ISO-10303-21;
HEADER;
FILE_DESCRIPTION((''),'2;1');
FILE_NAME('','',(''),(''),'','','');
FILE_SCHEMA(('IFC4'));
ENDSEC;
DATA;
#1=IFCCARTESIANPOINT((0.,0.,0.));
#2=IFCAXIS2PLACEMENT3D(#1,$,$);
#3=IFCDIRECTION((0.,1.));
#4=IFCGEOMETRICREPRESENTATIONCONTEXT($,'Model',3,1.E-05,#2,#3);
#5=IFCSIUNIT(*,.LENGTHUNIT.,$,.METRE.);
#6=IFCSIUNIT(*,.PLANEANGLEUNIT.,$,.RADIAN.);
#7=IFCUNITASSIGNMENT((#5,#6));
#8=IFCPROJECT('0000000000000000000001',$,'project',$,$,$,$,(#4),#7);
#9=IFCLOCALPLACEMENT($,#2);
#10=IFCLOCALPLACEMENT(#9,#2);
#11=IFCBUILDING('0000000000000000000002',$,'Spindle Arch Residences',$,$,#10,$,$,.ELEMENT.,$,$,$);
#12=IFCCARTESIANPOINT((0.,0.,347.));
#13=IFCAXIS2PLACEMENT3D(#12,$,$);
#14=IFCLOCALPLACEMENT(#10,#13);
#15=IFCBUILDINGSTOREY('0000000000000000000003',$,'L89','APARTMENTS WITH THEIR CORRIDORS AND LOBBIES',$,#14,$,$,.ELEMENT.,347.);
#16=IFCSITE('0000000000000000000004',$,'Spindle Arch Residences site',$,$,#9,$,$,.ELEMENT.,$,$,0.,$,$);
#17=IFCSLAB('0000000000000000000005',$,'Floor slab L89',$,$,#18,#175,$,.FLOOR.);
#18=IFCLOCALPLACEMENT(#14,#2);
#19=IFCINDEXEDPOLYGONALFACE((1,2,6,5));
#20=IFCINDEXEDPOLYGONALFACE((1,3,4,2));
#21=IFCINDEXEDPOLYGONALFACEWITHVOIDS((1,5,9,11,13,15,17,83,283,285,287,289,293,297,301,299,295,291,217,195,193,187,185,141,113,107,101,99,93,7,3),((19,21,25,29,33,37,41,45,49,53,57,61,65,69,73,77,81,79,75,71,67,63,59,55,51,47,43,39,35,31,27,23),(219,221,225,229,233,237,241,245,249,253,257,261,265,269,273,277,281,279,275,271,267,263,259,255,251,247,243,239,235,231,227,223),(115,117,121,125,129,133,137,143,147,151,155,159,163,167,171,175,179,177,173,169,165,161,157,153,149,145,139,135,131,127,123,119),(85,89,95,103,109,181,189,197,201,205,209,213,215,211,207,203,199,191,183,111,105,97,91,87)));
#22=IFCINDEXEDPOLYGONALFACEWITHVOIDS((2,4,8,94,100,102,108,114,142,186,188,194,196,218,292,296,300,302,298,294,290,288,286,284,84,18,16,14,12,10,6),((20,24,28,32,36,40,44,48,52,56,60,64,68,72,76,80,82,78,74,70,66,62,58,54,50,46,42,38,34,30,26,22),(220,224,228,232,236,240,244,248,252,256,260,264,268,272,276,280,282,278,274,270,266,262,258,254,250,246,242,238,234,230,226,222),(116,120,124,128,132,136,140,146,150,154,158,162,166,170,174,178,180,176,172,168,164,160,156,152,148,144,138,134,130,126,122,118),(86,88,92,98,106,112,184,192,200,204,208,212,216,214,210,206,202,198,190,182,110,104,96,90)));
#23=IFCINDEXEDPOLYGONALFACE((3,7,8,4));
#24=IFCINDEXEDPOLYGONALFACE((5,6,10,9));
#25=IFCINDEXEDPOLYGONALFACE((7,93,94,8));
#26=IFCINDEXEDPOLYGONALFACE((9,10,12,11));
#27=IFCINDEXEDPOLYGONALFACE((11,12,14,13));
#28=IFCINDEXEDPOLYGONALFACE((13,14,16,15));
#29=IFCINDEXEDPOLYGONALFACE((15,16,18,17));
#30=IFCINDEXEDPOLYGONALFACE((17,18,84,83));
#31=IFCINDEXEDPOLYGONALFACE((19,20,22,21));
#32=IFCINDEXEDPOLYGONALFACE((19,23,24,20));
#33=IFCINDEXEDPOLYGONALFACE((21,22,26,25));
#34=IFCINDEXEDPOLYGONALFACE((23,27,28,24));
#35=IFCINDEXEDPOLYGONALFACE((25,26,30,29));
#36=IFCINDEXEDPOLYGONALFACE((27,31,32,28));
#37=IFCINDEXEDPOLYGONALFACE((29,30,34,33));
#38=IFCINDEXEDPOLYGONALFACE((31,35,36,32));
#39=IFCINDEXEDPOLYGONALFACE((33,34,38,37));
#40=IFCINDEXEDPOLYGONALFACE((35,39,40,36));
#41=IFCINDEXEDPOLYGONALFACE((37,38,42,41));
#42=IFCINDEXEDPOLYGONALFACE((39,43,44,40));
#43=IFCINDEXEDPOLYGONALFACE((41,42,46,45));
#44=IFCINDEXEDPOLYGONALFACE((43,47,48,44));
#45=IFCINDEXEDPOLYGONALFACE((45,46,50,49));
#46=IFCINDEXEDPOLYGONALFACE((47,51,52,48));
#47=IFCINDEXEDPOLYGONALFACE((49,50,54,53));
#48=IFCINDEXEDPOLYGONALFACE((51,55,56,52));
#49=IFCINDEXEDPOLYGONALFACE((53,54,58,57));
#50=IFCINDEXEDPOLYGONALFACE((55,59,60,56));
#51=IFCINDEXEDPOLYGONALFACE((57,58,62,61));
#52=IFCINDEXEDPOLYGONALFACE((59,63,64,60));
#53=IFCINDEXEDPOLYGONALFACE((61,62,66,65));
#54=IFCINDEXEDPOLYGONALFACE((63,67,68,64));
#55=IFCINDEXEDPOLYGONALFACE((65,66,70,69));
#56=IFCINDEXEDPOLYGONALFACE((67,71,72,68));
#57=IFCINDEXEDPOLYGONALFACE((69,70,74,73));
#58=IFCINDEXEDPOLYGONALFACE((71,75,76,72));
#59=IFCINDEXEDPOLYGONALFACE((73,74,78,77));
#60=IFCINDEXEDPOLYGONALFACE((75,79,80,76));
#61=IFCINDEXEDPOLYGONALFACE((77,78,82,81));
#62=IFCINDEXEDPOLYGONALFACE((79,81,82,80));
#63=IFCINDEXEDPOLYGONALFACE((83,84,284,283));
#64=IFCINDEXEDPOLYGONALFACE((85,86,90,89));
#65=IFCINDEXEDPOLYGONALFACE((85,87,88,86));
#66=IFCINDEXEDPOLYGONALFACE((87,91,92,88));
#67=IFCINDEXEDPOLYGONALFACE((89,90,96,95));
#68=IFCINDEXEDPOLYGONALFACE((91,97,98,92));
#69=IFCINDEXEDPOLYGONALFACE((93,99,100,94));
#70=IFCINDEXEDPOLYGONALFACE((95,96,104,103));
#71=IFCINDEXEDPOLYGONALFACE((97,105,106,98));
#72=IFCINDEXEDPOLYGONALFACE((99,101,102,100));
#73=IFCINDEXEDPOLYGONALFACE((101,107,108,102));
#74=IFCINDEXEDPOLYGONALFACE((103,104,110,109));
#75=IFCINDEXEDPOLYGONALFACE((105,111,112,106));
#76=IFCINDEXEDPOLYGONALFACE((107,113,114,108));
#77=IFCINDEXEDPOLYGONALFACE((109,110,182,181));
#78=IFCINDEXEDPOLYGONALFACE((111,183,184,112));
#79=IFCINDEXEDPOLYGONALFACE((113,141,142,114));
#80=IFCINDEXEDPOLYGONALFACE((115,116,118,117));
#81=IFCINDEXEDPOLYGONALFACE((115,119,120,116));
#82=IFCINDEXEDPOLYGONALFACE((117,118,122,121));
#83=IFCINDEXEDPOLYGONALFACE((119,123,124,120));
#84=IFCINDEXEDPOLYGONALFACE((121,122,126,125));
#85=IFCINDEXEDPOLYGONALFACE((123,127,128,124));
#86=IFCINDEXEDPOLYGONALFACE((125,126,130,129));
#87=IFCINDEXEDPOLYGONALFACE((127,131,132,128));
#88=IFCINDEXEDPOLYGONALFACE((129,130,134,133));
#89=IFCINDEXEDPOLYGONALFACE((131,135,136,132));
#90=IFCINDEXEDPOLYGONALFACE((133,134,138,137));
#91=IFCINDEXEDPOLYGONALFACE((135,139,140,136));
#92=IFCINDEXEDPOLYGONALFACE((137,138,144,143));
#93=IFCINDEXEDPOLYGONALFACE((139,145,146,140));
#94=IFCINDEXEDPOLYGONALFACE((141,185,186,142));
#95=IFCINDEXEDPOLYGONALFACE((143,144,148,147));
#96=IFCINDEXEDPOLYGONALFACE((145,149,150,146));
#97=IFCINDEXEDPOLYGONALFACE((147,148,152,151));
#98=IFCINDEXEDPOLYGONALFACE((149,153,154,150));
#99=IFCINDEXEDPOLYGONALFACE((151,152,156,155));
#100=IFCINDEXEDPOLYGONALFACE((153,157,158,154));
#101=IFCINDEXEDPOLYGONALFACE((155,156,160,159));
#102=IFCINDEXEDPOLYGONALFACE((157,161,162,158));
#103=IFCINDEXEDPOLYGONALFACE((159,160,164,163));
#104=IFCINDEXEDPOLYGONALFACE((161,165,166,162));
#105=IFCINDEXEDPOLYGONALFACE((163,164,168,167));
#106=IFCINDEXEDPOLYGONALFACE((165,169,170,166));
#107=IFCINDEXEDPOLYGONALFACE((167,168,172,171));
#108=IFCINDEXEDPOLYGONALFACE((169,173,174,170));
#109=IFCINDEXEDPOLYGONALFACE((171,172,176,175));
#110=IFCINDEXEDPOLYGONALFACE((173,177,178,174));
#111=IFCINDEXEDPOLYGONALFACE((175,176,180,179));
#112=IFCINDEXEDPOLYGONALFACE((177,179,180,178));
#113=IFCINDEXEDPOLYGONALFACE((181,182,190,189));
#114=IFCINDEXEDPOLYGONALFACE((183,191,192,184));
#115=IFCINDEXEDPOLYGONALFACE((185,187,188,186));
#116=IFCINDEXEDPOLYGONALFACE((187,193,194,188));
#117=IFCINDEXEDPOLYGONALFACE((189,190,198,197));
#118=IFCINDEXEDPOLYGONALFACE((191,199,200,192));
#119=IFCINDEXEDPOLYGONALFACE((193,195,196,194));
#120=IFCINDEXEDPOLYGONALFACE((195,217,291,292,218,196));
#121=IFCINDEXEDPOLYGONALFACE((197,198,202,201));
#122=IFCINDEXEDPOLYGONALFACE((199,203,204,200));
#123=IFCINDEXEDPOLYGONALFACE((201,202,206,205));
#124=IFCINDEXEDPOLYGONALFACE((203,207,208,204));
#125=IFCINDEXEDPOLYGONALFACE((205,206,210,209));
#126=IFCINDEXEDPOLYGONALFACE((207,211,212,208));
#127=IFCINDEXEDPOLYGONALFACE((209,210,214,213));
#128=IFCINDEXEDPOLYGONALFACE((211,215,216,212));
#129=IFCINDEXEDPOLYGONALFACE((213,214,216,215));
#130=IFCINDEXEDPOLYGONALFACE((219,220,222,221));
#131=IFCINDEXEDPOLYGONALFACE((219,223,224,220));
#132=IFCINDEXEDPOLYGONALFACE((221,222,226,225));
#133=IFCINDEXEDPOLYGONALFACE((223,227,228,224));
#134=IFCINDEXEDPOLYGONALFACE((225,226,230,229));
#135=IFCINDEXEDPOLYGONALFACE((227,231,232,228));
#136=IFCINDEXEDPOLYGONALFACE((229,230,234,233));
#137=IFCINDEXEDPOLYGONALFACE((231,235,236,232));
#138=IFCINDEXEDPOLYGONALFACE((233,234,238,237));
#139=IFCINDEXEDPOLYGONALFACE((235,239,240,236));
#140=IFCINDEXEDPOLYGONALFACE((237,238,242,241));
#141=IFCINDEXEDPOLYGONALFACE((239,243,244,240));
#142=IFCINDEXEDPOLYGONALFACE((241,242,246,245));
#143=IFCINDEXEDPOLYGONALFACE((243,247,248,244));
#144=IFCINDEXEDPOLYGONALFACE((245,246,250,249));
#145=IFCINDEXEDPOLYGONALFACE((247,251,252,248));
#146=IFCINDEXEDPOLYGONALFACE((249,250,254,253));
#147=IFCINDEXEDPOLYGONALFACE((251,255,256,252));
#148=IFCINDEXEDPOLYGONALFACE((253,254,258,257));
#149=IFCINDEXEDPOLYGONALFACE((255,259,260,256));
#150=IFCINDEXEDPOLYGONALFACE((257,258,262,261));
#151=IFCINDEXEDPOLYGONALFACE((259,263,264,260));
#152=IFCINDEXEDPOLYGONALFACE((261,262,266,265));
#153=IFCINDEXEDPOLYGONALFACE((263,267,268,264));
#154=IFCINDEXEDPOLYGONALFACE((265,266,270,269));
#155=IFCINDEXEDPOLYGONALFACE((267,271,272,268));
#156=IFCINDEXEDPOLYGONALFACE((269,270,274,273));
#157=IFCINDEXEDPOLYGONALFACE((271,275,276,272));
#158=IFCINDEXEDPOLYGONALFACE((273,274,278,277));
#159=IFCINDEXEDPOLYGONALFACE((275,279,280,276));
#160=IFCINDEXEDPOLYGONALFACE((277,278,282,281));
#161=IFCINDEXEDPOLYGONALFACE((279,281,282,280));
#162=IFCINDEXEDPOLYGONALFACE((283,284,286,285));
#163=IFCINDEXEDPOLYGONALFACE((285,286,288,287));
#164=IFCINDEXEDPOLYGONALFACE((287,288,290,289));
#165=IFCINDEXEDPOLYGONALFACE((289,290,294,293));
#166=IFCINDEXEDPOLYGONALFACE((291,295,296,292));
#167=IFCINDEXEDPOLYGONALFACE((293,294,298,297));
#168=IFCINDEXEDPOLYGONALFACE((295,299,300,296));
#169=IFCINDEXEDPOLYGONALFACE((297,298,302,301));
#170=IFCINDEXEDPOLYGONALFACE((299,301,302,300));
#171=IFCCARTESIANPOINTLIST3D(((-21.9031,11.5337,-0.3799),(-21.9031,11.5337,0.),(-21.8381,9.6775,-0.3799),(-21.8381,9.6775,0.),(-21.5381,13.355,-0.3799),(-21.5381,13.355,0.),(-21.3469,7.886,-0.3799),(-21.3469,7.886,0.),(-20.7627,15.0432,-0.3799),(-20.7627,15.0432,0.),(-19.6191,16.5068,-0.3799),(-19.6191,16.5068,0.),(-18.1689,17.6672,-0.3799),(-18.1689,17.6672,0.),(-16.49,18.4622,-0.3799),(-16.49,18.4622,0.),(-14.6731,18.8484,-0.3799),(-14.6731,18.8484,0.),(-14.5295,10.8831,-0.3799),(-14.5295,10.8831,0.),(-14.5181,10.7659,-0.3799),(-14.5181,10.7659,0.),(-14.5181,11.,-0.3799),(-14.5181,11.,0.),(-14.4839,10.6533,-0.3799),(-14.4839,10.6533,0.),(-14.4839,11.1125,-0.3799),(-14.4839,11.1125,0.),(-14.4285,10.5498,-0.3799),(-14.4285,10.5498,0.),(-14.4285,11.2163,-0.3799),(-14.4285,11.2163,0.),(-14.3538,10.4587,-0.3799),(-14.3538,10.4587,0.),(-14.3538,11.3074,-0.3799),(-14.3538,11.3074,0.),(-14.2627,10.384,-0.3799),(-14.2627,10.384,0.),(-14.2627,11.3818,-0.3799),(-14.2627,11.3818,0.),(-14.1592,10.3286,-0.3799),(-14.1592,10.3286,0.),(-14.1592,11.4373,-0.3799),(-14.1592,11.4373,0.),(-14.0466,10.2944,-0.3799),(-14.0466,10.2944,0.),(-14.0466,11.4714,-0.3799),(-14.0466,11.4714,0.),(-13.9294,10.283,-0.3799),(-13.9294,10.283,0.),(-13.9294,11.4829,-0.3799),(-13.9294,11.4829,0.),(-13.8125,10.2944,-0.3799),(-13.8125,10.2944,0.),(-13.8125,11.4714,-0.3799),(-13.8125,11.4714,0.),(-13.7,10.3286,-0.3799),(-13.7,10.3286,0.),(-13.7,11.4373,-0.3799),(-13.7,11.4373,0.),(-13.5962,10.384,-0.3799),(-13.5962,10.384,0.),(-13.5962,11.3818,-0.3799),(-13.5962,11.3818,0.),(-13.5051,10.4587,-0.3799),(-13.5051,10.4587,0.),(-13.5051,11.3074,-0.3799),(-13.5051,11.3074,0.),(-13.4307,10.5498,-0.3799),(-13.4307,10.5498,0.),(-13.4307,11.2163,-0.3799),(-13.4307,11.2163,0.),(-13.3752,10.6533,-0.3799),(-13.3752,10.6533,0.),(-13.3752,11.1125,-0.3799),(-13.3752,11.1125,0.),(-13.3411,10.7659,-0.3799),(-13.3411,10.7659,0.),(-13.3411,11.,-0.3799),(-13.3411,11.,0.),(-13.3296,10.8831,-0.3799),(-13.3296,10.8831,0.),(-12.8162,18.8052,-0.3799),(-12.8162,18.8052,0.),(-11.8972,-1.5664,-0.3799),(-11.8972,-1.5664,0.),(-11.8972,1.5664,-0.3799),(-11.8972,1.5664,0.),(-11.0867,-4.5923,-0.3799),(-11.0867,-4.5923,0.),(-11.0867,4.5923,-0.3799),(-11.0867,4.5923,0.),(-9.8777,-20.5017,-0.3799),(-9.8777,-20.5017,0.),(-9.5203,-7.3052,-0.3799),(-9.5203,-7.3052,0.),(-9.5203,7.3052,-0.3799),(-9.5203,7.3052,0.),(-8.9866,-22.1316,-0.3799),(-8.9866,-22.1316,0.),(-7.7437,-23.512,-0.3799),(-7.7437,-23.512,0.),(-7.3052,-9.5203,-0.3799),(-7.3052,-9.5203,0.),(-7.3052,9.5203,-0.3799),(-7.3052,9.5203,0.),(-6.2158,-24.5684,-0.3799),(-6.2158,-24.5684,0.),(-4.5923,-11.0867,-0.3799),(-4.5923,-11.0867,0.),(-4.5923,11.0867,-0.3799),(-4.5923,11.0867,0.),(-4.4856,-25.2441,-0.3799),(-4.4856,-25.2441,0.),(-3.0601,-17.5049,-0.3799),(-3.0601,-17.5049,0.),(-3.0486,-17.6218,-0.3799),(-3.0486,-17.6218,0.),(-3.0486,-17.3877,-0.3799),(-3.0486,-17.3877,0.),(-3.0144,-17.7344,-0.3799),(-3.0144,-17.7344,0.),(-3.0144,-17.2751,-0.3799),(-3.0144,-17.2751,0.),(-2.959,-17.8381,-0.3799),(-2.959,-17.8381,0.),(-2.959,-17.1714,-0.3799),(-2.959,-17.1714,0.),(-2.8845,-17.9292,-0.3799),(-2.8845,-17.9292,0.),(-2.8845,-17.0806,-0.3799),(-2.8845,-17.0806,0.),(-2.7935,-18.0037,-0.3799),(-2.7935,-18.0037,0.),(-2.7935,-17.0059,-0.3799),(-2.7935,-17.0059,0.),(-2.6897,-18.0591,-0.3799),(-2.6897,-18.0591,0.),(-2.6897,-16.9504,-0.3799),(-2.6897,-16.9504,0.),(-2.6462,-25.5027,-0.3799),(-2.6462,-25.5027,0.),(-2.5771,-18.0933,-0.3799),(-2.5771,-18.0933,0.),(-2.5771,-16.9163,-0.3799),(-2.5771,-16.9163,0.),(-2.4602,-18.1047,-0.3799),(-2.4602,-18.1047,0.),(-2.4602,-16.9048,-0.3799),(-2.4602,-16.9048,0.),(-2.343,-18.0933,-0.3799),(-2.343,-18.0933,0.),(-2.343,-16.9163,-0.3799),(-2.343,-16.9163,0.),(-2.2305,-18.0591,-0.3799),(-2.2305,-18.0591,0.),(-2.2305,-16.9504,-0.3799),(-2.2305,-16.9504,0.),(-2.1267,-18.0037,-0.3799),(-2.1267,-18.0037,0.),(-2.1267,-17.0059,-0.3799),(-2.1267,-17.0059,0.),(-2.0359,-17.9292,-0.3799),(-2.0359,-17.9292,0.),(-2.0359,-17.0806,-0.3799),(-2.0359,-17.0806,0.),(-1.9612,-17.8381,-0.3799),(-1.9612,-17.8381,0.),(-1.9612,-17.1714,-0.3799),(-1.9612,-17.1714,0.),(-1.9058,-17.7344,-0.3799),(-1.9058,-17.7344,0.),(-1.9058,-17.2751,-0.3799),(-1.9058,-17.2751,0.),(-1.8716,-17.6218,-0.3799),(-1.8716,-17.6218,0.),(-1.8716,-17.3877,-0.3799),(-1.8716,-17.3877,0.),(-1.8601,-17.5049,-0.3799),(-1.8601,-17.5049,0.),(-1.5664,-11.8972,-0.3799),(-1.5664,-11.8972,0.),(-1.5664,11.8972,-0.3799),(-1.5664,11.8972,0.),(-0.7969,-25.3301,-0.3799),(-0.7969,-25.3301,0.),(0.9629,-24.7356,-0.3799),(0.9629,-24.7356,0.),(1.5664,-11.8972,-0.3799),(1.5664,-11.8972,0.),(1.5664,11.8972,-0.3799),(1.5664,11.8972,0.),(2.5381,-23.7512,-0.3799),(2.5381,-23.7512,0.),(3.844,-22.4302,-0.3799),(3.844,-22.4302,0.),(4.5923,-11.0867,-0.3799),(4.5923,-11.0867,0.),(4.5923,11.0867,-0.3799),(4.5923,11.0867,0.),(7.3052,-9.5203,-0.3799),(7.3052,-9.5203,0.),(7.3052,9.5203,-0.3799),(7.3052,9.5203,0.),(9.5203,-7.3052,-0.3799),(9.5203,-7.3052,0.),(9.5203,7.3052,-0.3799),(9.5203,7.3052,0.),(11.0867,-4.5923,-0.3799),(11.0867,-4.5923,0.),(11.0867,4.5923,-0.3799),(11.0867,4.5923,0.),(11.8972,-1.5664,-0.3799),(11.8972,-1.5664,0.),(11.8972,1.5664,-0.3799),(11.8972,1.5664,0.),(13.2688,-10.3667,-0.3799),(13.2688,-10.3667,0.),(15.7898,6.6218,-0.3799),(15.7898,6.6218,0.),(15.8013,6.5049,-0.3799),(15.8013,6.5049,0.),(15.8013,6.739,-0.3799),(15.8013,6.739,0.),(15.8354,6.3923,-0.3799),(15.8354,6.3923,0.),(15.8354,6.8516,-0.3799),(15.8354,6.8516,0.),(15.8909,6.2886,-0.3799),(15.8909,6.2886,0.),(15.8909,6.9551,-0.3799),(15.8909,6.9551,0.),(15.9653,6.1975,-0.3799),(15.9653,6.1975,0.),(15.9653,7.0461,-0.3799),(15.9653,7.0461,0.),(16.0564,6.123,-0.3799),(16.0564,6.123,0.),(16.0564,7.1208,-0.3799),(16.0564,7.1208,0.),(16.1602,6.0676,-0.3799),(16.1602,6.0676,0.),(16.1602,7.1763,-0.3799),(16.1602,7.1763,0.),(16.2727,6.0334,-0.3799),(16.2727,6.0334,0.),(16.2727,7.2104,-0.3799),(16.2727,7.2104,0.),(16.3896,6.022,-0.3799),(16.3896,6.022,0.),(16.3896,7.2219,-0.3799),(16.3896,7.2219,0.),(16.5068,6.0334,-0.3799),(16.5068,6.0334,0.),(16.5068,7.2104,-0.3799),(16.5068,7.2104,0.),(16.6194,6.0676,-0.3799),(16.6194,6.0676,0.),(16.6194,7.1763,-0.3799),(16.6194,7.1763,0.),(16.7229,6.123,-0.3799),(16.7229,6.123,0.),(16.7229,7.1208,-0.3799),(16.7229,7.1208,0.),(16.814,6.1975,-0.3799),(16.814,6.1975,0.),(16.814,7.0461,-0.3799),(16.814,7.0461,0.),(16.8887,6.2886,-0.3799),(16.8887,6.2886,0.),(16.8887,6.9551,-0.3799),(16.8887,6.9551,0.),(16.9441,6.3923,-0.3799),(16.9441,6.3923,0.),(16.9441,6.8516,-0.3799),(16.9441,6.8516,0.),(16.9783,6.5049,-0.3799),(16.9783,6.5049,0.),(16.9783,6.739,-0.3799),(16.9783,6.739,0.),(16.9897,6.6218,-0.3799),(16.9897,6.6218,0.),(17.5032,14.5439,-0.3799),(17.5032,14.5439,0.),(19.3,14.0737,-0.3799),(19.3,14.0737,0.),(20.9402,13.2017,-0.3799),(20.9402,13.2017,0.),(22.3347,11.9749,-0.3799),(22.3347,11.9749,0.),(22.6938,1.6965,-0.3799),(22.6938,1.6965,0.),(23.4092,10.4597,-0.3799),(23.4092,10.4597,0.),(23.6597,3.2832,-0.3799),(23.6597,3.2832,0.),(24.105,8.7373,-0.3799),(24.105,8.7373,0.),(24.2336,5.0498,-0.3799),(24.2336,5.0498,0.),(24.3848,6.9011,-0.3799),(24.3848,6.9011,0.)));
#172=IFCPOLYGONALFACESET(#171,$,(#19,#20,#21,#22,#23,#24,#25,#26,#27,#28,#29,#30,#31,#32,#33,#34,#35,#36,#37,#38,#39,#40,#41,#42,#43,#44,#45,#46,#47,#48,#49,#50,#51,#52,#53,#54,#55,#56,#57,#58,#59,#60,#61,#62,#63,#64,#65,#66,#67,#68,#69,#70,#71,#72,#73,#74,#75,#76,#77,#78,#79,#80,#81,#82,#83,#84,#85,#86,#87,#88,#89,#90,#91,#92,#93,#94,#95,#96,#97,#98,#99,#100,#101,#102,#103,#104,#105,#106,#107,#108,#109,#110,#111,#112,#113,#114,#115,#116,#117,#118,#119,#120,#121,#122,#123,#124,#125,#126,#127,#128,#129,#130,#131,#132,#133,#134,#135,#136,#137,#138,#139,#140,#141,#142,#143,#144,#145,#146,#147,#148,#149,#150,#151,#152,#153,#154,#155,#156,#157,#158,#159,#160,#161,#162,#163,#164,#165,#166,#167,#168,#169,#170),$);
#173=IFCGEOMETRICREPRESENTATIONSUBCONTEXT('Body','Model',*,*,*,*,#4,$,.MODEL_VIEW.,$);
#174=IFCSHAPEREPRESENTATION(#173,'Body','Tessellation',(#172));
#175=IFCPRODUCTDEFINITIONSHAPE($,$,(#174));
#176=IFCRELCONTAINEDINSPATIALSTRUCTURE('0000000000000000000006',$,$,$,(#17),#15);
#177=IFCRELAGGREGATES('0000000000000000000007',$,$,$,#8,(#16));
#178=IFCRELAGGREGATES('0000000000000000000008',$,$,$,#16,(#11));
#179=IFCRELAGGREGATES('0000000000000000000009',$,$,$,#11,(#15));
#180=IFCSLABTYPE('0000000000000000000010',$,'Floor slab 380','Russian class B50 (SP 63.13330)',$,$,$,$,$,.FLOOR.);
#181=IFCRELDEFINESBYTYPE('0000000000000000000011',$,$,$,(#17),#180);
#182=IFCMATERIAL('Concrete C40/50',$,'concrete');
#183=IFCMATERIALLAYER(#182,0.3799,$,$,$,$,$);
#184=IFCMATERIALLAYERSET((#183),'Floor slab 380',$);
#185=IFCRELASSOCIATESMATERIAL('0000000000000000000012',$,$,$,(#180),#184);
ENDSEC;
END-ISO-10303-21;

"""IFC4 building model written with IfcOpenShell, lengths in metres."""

from ifc_helpers import new_model, si_unit, direction, frame, origin, place, context, subcontext, project, spatial, polyline, outline, extrude, material, layer, layer_set, type_object, element, save


model = new_model("IFC4")

# Units and contexts
model_context = context("Model", 3, precision=1e-05, world=origin(), true_north=direction((0.0, 1.0)))
body_context = subcontext(model_context, "Body", "Model", "MODEL_VIEW")
ifc_project = project(units=[si_unit("LENGTHUNIT", "METRE"), si_unit("PLANEANGLEUNIT", "RADIAN")], contexts=[model_context])

# Site, building, storey
site_placement = place(None, origin())
site = spatial("IfcSite", under=ifc_project, at=site_placement, Name="Spindle Arch Residences site", CompositionType="ELEMENT", RefElevation=0.0)
building_placement = place(site_placement, origin())
building = spatial("IfcBuilding", under=site, at=building_placement, Name="Spindle Arch Residences", CompositionType="ELEMENT")
storey_placement = place(building_placement, frame((0.0, 0.0, 347.0)))
storey = spatial("IfcBuildingStorey", under=building, at=storey_placement, Name="L89", Description="APARTMENTS WITH THEIR CORRIDORS AND LOBBIES", CompositionType="ELEMENT", Elevation=347.0)

# Slab
ifc_material_1 = material(Name="Concrete C40/50", Category="concrete")
ifc_layer_1 = layer(ifc_material_1, 0.3799)
ifc_layer_set_1 = layer_set([ifc_layer_1], Name="Floor slab 380")
slab_type = type_object("IfcSlabType", Name="Floor slab 380", Description="Russian class B50 (SP 63.13330)", PredefinedType="FLOOR", material=ifc_layer_set_1)
slab_placement = place(storey_placement, frame((0.0, 0.0, -0.3799)))
element("IfcSlab", 1, at=slab_placement, inside=storey, type_object=slab_type, Name="Floor slab L89", PredefinedType="FLOOR", context=body_context, shape_type="SweptSolid", body=[
    extrude(outline(polyline([(2.5381, -23.7512), (0.9629, -24.7356), (-0.7969, -25.3301), (-2.6462, -25.5027), (-4.4856, -25.2441), (-6.2158, -24.5684), (-7.7437, -23.512), (-8.9866, -22.1316), (-9.8777, -20.5017), (-21.3469, 7.886), (-21.8381, 9.6775), (-21.9031, 11.5337), (-21.5381, 13.355), (-20.7627, 15.0432), (-19.6191, 16.5068), (-18.1689, 17.6672), (-16.49, 18.4622), (-14.6731, 18.8484), (-12.8162, 18.8052), (17.5032, 14.5439), (19.3, 14.0737), (20.9402, 13.2017), (22.3347, 11.9749), (23.4092, 10.4597), (24.105, 8.7373), (24.3848, 6.9011), (24.2336, 5.0498), (23.6597, 3.2832), (22.6938, 1.6965), (13.2688, -10.3667), (3.844, -22.4302), (2.5381, -23.7512)]), holes=[polyline([(7.3052, -9.5203), (9.5203, -7.3052), (11.0867, -4.5923), (11.8972, -1.5664), (11.8972, 1.5664), (11.0867, 4.5923), (9.5203, 7.3052), (7.3052, 9.5203), (4.5923, 11.0867), (1.5664, 11.8972), (-1.5664, 11.8972), (-4.5923, 11.0867), (-7.3052, 9.5203), (-9.5203, 7.3052), (-11.0867, 4.5923), (-11.8972, 1.5664), (-11.8972, -1.5664), (-11.0867, -4.5923), (-9.5203, -7.3052), (-7.3052, -9.5203), (-4.5923, -11.0867), (-1.5664, -11.8972), (1.5664, -11.8972), (4.5923, -11.0867), (7.3052, -9.5203)]), polyline([(-1.9612, -17.8381), (-1.9058, -17.7344), (-1.8716, -17.6218), (-1.8601, -17.5049), (-1.8716, -17.3877), (-1.9058, -17.2751), (-1.9612, -17.1714), (-2.0359, -17.0806), (-2.1267, -17.0059), (-2.2305, -16.9504), (-2.343, -16.9163), (-2.4602, -16.9048), (-2.5771, -16.9163), (-2.6897, -16.9504), (-2.7935, -17.0059), (-2.8845, -17.0806), (-2.959, -17.1714), (-3.0144, -17.2751), (-3.0486, -17.3877), (-3.0601, -17.5049), (-3.0486, -17.6218), (-3.0144, -17.7344), (-2.959, -17.8381), (-2.8845, -17.9292), (-2.7935, -18.0037), (-2.6897, -18.0591), (-2.5771, -18.0933), (-2.4602, -18.1047), (-2.343, -18.0933), (-2.2305, -18.0591), (-2.1267, -18.0037), (-2.0359, -17.9292), (-1.9612, -17.8381)]), polyline([(-13.5051, 10.4587), (-13.4307, 10.5498), (-13.3752, 10.6533), (-13.3411, 10.7659), (-13.3296, 10.8831), (-13.3411, 11.0), (-13.3752, 11.1125), (-13.4307, 11.2163), (-13.5051, 11.3074), (-13.5962, 11.3818), (-13.7, 11.4373), (-13.8125, 11.4714), (-13.9294, 11.4829), (-14.0466, 11.4714), (-14.1592, 11.4373), (-14.2627, 11.3818), (-14.3538, 11.3074), (-14.4285, 11.2163), (-14.4839, 11.1125), (-14.5181, 11.0), (-14.5295, 10.8831), (-14.5181, 10.7659), (-14.4839, 10.6533), (-14.4285, 10.5498), (-14.3538, 10.4587), (-14.2627, 10.384), (-14.1592, 10.3286), (-14.0466, 10.2944), (-13.9294, 10.283), (-13.8125, 10.2944), (-13.7, 10.3286), (-13.5962, 10.384), (-13.5051, 10.4587)]), polyline([(16.814, 6.1975), (16.8887, 6.2886), (16.9441, 6.3923), (16.9783, 6.5049), (16.9897, 6.6218), (16.9783, 6.739), (16.9441, 6.8516), (16.8887, 6.9551), (16.814, 7.0461), (16.7229, 7.1208), (16.6194, 7.1763), (16.5068, 7.2104), (16.3896, 7.2219), (16.2727, 7.2104), (16.1602, 7.1763), (16.0564, 7.1208), (15.9653, 7.0461), (15.8909, 6.9551), (15.8354, 6.8516), (15.8013, 6.739), (15.7898, 6.6218), (15.8013, 6.5049), (15.8354, 6.3923), (15.8909, 6.2886), (15.9653, 6.1975), (16.0564, 6.123), (16.1602, 6.0676), (16.2727, 6.0334), (16.3896, 6.022), (16.5068, 6.0334), (16.6194, 6.0676), (16.7229, 6.123), (16.814, 6.1975)])]), origin(), (0.0, 0.0, 1.0), 0.3799),
])

save(model, "model.ifc")
